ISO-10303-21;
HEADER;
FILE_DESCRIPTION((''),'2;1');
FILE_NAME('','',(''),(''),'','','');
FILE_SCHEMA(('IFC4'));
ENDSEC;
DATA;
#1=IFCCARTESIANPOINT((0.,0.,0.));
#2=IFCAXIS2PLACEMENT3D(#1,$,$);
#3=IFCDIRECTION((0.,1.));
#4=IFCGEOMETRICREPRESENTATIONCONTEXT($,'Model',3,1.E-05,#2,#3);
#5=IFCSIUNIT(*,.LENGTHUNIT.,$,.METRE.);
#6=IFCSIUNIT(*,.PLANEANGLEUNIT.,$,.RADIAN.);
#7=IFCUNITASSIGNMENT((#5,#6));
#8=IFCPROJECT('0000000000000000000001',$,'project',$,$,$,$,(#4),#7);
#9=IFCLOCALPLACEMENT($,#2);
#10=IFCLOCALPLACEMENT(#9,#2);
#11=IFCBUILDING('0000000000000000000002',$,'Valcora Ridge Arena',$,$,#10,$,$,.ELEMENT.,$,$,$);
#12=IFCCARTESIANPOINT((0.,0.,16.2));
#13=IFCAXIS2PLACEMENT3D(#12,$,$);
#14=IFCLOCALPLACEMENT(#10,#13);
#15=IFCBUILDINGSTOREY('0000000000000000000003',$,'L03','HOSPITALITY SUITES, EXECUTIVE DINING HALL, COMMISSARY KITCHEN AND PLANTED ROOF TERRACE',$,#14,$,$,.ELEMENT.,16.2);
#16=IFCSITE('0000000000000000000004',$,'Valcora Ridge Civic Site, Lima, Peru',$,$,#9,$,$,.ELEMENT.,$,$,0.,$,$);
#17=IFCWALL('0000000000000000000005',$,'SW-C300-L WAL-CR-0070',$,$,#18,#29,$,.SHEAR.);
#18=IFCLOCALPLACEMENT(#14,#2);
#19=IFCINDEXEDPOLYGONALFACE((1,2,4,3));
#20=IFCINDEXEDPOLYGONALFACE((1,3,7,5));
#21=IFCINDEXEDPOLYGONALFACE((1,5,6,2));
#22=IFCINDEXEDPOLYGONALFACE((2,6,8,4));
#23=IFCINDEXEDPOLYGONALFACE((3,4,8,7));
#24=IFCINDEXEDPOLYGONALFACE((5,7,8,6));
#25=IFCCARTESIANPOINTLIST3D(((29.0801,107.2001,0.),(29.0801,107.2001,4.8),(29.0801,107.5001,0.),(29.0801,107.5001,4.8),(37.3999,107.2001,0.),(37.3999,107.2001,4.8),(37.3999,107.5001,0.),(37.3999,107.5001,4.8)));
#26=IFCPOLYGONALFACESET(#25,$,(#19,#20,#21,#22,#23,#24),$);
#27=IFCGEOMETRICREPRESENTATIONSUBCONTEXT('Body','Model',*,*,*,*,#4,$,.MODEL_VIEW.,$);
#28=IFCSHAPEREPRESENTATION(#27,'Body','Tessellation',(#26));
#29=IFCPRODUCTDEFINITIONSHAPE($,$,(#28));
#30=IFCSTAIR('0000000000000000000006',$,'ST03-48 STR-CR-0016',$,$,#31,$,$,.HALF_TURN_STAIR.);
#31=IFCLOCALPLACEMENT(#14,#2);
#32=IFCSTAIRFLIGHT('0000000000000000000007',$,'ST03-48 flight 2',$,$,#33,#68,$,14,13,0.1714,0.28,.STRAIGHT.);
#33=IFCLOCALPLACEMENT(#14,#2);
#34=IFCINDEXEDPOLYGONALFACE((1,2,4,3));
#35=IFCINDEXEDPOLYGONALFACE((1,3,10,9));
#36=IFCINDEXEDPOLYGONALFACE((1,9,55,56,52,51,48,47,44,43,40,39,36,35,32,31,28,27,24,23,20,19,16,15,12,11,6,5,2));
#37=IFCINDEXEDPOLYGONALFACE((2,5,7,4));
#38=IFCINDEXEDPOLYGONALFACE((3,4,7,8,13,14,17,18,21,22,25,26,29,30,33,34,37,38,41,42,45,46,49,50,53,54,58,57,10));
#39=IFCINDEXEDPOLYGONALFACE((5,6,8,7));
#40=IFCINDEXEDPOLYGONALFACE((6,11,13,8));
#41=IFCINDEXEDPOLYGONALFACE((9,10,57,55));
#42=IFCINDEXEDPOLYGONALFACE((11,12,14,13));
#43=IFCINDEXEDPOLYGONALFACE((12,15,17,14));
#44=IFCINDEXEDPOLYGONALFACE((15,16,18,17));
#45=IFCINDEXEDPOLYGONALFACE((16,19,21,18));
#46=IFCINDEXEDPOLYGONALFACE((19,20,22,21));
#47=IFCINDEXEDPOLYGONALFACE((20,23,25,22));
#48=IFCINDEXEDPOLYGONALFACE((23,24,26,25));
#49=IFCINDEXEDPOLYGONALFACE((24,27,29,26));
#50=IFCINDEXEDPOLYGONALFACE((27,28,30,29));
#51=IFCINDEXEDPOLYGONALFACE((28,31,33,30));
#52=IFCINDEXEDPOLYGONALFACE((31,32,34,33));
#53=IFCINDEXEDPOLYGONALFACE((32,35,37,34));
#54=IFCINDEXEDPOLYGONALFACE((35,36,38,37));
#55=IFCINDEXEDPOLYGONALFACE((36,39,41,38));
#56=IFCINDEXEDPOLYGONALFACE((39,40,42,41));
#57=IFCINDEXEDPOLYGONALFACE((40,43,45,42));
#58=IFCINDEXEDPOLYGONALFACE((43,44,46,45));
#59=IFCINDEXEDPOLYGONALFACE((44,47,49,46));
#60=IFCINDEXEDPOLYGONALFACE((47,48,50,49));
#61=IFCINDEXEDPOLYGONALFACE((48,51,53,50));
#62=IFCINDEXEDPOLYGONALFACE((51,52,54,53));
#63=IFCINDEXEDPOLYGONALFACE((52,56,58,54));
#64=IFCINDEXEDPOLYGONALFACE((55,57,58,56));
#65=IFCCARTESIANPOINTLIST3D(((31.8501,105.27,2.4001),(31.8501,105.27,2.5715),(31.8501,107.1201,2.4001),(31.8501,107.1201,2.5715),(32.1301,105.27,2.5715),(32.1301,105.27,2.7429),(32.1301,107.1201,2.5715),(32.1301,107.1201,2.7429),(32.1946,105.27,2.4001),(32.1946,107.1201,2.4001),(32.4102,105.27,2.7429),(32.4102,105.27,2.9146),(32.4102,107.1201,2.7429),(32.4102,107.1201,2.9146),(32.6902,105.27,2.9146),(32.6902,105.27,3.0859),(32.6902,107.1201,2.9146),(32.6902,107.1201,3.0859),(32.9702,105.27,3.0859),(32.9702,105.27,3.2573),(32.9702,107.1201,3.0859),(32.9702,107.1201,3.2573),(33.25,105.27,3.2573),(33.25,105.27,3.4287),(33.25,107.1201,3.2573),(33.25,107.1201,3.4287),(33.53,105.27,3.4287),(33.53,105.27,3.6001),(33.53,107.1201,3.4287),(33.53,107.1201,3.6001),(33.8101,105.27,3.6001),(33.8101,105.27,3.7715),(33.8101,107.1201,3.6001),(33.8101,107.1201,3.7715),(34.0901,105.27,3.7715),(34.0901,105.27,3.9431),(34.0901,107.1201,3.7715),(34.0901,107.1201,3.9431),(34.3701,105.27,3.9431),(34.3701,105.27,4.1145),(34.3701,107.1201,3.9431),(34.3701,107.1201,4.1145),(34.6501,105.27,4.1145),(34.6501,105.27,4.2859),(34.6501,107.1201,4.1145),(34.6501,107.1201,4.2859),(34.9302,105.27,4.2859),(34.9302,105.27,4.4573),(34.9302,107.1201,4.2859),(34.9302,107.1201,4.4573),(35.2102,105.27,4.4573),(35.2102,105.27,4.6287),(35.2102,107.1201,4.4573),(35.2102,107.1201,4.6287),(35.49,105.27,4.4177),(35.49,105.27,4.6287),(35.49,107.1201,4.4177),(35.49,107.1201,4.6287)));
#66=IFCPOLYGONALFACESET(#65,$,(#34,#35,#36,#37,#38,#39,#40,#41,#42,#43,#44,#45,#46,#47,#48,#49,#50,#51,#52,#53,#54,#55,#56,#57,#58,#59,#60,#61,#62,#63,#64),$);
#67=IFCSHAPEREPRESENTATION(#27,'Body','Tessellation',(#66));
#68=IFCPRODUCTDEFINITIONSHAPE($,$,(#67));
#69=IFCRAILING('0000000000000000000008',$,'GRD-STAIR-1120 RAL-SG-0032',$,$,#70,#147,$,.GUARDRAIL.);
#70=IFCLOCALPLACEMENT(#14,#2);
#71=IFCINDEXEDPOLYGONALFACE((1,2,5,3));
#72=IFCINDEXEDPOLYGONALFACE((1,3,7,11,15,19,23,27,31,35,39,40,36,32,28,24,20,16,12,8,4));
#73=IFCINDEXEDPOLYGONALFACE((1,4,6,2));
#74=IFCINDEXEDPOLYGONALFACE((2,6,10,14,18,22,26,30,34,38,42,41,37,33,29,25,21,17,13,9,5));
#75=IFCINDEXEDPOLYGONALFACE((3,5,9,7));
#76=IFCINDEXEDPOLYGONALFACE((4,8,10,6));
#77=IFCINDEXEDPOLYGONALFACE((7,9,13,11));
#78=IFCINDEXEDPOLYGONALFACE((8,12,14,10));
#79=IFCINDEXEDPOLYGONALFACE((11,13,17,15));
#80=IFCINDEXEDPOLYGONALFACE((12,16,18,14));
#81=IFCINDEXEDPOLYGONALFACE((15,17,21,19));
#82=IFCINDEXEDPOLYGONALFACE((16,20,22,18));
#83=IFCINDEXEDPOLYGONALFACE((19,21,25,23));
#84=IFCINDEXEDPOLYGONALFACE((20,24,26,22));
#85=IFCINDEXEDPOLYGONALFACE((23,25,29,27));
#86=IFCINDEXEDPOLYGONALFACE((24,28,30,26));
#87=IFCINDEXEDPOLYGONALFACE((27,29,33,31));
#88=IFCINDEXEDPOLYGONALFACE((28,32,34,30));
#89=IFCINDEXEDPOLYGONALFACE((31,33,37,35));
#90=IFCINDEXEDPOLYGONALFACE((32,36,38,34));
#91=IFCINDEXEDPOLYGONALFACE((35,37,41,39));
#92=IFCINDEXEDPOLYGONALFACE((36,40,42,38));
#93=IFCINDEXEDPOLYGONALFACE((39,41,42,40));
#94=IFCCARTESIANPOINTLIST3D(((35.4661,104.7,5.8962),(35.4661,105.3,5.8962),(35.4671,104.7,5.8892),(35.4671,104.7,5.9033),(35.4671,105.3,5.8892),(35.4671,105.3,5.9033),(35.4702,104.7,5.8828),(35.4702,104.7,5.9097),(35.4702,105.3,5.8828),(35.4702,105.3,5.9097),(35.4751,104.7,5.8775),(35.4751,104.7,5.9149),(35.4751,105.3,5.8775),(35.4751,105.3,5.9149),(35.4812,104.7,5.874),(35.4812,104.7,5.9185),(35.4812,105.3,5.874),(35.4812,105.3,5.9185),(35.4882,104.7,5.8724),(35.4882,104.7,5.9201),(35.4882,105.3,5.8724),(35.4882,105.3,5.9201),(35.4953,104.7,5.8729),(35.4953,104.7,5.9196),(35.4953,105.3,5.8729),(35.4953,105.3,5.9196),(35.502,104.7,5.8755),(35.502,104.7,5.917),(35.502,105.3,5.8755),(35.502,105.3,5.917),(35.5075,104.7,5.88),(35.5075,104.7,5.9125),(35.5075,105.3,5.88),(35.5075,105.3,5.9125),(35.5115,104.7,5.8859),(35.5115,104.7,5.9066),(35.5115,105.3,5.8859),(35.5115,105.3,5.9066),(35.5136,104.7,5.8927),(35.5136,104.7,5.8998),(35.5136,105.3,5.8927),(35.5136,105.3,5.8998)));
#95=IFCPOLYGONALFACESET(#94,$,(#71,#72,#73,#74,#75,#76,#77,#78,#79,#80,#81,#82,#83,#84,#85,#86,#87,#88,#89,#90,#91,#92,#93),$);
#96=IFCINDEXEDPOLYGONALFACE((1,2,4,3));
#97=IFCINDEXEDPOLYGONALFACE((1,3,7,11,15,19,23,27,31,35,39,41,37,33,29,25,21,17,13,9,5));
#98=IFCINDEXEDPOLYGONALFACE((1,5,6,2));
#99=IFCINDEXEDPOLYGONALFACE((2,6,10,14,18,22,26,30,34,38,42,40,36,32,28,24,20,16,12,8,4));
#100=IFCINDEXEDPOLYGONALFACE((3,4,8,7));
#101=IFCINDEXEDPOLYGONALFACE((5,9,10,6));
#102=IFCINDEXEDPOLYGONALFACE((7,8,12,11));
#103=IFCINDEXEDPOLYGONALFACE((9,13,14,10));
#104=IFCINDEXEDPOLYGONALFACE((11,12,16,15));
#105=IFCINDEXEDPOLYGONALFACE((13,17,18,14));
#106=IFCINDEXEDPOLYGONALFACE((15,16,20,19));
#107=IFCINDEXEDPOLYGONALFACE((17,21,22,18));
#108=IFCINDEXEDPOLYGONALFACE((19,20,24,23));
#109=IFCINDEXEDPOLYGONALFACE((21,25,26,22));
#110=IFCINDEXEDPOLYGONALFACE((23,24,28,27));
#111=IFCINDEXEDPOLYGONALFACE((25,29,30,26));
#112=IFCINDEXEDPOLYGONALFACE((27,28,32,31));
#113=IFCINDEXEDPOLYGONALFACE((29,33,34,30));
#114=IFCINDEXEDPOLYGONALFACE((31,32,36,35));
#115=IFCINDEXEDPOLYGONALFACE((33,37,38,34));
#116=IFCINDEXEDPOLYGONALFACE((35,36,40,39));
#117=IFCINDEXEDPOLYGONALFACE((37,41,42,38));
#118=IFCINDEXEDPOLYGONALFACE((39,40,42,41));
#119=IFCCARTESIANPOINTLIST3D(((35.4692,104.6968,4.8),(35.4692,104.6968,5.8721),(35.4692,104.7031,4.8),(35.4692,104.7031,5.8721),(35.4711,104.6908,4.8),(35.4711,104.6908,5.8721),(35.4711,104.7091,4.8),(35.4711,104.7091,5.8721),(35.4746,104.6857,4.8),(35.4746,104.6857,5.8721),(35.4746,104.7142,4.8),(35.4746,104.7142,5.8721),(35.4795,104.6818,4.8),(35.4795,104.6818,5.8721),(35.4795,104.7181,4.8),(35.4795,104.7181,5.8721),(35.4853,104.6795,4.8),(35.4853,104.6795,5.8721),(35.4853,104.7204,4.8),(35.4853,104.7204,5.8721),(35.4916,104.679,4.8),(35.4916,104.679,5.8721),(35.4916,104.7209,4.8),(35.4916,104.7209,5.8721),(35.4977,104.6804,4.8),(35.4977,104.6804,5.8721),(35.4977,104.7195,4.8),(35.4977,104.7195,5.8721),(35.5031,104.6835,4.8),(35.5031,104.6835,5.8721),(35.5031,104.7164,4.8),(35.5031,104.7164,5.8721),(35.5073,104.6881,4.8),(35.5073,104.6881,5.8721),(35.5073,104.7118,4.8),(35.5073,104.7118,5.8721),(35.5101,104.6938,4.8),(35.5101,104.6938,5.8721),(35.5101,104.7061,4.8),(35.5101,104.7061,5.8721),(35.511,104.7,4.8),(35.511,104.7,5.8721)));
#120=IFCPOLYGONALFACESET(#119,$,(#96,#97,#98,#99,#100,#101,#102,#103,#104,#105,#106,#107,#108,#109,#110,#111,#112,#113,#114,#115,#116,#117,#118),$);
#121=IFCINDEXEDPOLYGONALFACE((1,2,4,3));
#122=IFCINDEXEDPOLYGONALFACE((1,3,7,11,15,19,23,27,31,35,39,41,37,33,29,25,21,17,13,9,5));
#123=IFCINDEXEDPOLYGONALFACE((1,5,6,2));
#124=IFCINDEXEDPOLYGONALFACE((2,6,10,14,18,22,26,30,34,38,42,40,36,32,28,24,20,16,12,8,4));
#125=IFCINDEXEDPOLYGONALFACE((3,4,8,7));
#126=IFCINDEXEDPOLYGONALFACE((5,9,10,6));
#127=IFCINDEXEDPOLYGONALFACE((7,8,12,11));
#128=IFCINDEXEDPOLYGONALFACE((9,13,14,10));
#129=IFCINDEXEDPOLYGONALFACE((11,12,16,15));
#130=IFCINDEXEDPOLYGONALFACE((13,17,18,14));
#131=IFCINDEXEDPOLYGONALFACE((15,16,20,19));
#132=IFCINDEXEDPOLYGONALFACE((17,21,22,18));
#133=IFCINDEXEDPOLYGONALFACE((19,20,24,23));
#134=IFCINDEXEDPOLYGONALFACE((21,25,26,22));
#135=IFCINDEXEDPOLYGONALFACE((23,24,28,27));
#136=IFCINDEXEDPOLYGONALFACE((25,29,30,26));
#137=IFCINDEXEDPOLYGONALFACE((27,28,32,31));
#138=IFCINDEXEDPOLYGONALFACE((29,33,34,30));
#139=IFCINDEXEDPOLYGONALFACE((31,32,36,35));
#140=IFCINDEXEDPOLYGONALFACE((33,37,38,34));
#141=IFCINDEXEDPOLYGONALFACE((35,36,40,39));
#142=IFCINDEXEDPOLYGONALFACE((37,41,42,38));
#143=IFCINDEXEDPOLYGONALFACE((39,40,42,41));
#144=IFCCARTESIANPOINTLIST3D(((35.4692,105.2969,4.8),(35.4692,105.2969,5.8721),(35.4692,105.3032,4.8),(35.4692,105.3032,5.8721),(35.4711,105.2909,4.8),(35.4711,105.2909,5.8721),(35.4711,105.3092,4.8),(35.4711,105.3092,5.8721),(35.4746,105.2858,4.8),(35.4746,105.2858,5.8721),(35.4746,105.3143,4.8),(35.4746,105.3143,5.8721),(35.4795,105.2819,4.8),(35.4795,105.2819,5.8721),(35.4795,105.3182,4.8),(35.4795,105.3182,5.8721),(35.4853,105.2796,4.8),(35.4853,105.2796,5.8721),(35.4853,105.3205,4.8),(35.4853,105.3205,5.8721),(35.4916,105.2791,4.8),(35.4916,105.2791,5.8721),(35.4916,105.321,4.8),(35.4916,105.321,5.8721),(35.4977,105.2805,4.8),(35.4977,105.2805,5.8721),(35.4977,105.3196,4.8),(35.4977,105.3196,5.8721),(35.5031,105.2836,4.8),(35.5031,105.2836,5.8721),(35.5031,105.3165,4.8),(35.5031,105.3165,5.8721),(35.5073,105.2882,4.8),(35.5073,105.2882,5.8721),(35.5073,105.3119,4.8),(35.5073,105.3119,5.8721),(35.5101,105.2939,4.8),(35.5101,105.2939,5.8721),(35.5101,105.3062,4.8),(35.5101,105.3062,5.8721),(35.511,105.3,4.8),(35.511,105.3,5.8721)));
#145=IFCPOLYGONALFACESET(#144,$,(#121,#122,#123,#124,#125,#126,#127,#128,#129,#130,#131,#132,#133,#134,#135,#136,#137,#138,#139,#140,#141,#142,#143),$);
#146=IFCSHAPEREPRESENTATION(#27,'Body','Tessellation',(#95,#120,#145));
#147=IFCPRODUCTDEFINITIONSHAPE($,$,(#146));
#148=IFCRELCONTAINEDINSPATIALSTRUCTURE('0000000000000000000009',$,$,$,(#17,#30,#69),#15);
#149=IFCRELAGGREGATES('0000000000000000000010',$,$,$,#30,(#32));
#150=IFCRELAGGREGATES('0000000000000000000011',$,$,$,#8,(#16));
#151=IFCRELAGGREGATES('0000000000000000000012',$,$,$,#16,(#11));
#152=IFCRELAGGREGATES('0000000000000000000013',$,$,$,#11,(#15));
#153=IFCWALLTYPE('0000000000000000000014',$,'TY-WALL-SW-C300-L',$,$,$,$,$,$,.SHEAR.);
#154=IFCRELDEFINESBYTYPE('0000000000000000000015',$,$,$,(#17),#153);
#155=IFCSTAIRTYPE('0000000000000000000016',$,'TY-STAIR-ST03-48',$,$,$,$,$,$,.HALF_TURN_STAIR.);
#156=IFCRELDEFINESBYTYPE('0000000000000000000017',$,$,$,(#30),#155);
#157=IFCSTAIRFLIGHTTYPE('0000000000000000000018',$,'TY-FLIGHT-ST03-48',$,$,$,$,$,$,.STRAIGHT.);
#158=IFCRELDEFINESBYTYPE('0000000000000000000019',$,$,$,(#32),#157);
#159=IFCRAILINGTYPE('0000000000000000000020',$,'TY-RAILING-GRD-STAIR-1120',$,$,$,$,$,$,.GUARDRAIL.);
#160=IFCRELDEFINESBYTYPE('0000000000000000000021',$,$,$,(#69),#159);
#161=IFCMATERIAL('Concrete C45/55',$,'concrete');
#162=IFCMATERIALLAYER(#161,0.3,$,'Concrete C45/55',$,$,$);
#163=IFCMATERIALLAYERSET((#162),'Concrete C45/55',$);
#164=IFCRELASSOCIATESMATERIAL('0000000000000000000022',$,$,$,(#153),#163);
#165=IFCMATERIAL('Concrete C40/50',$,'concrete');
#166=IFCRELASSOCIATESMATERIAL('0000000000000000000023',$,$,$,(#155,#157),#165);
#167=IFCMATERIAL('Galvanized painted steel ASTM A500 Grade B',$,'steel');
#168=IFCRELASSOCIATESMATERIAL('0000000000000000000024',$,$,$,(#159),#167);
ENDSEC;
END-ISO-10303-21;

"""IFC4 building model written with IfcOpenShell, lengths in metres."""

from ifc_helpers import new_model, si_unit, direction, frame, frame_2d, origin, origin_2d, place, context, subcontext, project, spatial, polyline, rectangle, circle, outline, extrude, material, layer, layer_set, type_object, element, aggregate, save


model = new_model("IFC4")

# Units and contexts
model_context = context("Model", 3, precision=1e-05, world=origin(), true_north=direction((0.0, 1.0)))
body_context = subcontext(model_context, "Body", "Model", "MODEL_VIEW")
ifc_project = project(units=[si_unit("LENGTHUNIT", "METRE"), si_unit("PLANEANGLEUNIT", "RADIAN")], contexts=[model_context])

# Site, building, storey
site_placement = place(None, origin())
site = spatial("IfcSite", under=ifc_project, at=site_placement, Name="Valcora Ridge Civic Site, Lima, Peru", CompositionType="ELEMENT", RefElevation=0.0)
building_placement = place(site_placement, origin())
building = spatial("IfcBuilding", under=site, at=building_placement, Name="Valcora Ridge Arena", CompositionType="ELEMENT")
storey_placement = place(building_placement, frame((0.0, 0.0, 16.2)))
storey = spatial("IfcBuildingStorey", under=building, at=storey_placement, Name="L03", Description="HOSPITALITY SUITES, EXECUTIVE DINING HALL, COMMISSARY KITCHEN AND PLANTED ROOF TERRACE", CompositionType="ELEMENT", Elevation=16.2)

# Shared definitions
ifc_material_1 = material(Name="Concrete C40/50", Category="concrete")

# Wall
ifc_material_2 = material(Name="Concrete C45/55", Category="concrete")
ifc_layer_1 = layer(ifc_material_2, 0.3, Name="Concrete C45/55")
ifc_layer_set_1 = layer_set([ifc_layer_1], Name="Concrete C45/55")
wall_type_1 = type_object("IfcWallType", Name="TY-WALL-SW-C300-L", PredefinedType="SHEAR", material=ifc_layer_set_1)
wall_1_placement = place(storey_placement, frame((29.0801, 107.3501, 0.0), z_axis=(0.0, 0.0, 1.0), x_axis=(1.0, 0.0, 0.0)))
element("IfcWall", 1, at=wall_1_placement, inside=storey, type_object=wall_type_1, Name="SW-C300-L WAL-CR-0070", PredefinedType="SHEAR", context=body_context, shape_type="SweptSolid", body=[
    extrude(rectangle(XDim=8.3198, YDim=0.3, at=frame_2d((4.1599, 0.0))), origin(), (0.0, 0.0, 1.0), 4.8),
])

# Stair, stair flight
stair_type = type_object("IfcStairType", Name="TY-STAIR-ST03-48", PredefinedType="HALF_TURN_STAIR", material=ifc_material_1)
stair_placement = place(storey_placement, origin())
stair = element("IfcStair", 2, at=stair_placement, inside=storey, type_object=stair_type, Name="ST03-48 STR-CR-0016", PredefinedType="HALF_TURN_STAIR")
stair_flight_type = type_object("IfcStairFlightType", Name="TY-FLIGHT-ST03-48", PredefinedType="STRAIGHT", material=ifc_material_1)
stair_flight_placement = place(storey_placement, frame((31.8501, 106.1951, 2.4001), z_axis=(0.0, 0.0, 1.0), x_axis=(1.0, 0.0, 0.0)))
stair_flight = element("IfcStairFlight", 3, at=stair_flight_placement, type_object=stair_flight_type, Name="ST03-48 flight 2", NumberOfRisers=14, NumberOfTreads=13, PredefinedType="STRAIGHT", RiserHeight=0.1714, TreadLength=0.28, context=body_context, shape_type="SweptSolid", body=[
    extrude(outline(polyline([(0.0, 0.0), (0.0, 0.1714), (0.28, 0.1714), (0.28, 0.3428), (0.5601, 0.3428), (0.5601, 0.5144), (0.8401, 0.5144), (0.8401, 0.6858), (1.1201, 0.6858), (1.1201, 0.8572), (1.3999, 0.8572), (1.3999, 1.0286), (1.6799, 1.0286), (1.6799, 1.2), (1.96, 1.2), (1.96, 1.3713), (2.24, 1.3713), (2.24, 1.543), (2.52, 1.543), (2.52, 1.7144), (2.8, 1.7144), (2.8, 1.8857), (3.0801, 1.8857), (3.0801, 2.0571), (3.3601, 2.0571), (3.3601, 2.2285), (3.6399, 2.2285), (3.6399, 2.3999), (3.6399, 2.0176), (0.3445, 0.0), (0.0, 0.0)])), frame((0.0, 0.925, 0.0), z_axis=(0.0, -1.0, 0.0), x_axis=(1.0, 0.0, 0.0)), (0.0, 0.0, 1.0), 1.8501),
])
aggregate(stair, [stair_flight])

# Railing
ifc_material_3 = material(Name="Galvanized painted steel ASTM A500 Grade B", Category="steel")
railing_type_1 = type_object("IfcRailingType", Name="TY-RAILING-GRD-STAIR-1120", PredefinedType="GUARDRAIL", material=ifc_material_3)
railing_1_placement = place(storey_placement, frame((35.49, 104.7, 4.8)))
element("IfcRailing", 4, at=railing_1_placement, inside=storey, type_object=railing_type_1, Name="GRD-STAIR-1120 RAL-SG-0032", PredefinedType="GUARDRAIL", context=body_context, shape_type="SweptSolid", body=[
    extrude(circle(Radius=0.0239, at=origin_2d()), frame((0.0, 0.0, 1.0962), z_axis=(0.0, 1.0, 0.0), x_axis=(-1.0, 0.0, 0.0)), (0.0, 0.0, 1.0), 0.6001),
    extrude(circle(Radius=0.021, at=origin_2d()), origin(), (0.0, 0.0, 1.0), 1.072),
    extrude(circle(Radius=0.021, at=origin_2d()), frame((0.0, 0.6001, 0.0)), (0.0, 0.0, 1.0), 1.072),
])

save(model, "model.ifc")
